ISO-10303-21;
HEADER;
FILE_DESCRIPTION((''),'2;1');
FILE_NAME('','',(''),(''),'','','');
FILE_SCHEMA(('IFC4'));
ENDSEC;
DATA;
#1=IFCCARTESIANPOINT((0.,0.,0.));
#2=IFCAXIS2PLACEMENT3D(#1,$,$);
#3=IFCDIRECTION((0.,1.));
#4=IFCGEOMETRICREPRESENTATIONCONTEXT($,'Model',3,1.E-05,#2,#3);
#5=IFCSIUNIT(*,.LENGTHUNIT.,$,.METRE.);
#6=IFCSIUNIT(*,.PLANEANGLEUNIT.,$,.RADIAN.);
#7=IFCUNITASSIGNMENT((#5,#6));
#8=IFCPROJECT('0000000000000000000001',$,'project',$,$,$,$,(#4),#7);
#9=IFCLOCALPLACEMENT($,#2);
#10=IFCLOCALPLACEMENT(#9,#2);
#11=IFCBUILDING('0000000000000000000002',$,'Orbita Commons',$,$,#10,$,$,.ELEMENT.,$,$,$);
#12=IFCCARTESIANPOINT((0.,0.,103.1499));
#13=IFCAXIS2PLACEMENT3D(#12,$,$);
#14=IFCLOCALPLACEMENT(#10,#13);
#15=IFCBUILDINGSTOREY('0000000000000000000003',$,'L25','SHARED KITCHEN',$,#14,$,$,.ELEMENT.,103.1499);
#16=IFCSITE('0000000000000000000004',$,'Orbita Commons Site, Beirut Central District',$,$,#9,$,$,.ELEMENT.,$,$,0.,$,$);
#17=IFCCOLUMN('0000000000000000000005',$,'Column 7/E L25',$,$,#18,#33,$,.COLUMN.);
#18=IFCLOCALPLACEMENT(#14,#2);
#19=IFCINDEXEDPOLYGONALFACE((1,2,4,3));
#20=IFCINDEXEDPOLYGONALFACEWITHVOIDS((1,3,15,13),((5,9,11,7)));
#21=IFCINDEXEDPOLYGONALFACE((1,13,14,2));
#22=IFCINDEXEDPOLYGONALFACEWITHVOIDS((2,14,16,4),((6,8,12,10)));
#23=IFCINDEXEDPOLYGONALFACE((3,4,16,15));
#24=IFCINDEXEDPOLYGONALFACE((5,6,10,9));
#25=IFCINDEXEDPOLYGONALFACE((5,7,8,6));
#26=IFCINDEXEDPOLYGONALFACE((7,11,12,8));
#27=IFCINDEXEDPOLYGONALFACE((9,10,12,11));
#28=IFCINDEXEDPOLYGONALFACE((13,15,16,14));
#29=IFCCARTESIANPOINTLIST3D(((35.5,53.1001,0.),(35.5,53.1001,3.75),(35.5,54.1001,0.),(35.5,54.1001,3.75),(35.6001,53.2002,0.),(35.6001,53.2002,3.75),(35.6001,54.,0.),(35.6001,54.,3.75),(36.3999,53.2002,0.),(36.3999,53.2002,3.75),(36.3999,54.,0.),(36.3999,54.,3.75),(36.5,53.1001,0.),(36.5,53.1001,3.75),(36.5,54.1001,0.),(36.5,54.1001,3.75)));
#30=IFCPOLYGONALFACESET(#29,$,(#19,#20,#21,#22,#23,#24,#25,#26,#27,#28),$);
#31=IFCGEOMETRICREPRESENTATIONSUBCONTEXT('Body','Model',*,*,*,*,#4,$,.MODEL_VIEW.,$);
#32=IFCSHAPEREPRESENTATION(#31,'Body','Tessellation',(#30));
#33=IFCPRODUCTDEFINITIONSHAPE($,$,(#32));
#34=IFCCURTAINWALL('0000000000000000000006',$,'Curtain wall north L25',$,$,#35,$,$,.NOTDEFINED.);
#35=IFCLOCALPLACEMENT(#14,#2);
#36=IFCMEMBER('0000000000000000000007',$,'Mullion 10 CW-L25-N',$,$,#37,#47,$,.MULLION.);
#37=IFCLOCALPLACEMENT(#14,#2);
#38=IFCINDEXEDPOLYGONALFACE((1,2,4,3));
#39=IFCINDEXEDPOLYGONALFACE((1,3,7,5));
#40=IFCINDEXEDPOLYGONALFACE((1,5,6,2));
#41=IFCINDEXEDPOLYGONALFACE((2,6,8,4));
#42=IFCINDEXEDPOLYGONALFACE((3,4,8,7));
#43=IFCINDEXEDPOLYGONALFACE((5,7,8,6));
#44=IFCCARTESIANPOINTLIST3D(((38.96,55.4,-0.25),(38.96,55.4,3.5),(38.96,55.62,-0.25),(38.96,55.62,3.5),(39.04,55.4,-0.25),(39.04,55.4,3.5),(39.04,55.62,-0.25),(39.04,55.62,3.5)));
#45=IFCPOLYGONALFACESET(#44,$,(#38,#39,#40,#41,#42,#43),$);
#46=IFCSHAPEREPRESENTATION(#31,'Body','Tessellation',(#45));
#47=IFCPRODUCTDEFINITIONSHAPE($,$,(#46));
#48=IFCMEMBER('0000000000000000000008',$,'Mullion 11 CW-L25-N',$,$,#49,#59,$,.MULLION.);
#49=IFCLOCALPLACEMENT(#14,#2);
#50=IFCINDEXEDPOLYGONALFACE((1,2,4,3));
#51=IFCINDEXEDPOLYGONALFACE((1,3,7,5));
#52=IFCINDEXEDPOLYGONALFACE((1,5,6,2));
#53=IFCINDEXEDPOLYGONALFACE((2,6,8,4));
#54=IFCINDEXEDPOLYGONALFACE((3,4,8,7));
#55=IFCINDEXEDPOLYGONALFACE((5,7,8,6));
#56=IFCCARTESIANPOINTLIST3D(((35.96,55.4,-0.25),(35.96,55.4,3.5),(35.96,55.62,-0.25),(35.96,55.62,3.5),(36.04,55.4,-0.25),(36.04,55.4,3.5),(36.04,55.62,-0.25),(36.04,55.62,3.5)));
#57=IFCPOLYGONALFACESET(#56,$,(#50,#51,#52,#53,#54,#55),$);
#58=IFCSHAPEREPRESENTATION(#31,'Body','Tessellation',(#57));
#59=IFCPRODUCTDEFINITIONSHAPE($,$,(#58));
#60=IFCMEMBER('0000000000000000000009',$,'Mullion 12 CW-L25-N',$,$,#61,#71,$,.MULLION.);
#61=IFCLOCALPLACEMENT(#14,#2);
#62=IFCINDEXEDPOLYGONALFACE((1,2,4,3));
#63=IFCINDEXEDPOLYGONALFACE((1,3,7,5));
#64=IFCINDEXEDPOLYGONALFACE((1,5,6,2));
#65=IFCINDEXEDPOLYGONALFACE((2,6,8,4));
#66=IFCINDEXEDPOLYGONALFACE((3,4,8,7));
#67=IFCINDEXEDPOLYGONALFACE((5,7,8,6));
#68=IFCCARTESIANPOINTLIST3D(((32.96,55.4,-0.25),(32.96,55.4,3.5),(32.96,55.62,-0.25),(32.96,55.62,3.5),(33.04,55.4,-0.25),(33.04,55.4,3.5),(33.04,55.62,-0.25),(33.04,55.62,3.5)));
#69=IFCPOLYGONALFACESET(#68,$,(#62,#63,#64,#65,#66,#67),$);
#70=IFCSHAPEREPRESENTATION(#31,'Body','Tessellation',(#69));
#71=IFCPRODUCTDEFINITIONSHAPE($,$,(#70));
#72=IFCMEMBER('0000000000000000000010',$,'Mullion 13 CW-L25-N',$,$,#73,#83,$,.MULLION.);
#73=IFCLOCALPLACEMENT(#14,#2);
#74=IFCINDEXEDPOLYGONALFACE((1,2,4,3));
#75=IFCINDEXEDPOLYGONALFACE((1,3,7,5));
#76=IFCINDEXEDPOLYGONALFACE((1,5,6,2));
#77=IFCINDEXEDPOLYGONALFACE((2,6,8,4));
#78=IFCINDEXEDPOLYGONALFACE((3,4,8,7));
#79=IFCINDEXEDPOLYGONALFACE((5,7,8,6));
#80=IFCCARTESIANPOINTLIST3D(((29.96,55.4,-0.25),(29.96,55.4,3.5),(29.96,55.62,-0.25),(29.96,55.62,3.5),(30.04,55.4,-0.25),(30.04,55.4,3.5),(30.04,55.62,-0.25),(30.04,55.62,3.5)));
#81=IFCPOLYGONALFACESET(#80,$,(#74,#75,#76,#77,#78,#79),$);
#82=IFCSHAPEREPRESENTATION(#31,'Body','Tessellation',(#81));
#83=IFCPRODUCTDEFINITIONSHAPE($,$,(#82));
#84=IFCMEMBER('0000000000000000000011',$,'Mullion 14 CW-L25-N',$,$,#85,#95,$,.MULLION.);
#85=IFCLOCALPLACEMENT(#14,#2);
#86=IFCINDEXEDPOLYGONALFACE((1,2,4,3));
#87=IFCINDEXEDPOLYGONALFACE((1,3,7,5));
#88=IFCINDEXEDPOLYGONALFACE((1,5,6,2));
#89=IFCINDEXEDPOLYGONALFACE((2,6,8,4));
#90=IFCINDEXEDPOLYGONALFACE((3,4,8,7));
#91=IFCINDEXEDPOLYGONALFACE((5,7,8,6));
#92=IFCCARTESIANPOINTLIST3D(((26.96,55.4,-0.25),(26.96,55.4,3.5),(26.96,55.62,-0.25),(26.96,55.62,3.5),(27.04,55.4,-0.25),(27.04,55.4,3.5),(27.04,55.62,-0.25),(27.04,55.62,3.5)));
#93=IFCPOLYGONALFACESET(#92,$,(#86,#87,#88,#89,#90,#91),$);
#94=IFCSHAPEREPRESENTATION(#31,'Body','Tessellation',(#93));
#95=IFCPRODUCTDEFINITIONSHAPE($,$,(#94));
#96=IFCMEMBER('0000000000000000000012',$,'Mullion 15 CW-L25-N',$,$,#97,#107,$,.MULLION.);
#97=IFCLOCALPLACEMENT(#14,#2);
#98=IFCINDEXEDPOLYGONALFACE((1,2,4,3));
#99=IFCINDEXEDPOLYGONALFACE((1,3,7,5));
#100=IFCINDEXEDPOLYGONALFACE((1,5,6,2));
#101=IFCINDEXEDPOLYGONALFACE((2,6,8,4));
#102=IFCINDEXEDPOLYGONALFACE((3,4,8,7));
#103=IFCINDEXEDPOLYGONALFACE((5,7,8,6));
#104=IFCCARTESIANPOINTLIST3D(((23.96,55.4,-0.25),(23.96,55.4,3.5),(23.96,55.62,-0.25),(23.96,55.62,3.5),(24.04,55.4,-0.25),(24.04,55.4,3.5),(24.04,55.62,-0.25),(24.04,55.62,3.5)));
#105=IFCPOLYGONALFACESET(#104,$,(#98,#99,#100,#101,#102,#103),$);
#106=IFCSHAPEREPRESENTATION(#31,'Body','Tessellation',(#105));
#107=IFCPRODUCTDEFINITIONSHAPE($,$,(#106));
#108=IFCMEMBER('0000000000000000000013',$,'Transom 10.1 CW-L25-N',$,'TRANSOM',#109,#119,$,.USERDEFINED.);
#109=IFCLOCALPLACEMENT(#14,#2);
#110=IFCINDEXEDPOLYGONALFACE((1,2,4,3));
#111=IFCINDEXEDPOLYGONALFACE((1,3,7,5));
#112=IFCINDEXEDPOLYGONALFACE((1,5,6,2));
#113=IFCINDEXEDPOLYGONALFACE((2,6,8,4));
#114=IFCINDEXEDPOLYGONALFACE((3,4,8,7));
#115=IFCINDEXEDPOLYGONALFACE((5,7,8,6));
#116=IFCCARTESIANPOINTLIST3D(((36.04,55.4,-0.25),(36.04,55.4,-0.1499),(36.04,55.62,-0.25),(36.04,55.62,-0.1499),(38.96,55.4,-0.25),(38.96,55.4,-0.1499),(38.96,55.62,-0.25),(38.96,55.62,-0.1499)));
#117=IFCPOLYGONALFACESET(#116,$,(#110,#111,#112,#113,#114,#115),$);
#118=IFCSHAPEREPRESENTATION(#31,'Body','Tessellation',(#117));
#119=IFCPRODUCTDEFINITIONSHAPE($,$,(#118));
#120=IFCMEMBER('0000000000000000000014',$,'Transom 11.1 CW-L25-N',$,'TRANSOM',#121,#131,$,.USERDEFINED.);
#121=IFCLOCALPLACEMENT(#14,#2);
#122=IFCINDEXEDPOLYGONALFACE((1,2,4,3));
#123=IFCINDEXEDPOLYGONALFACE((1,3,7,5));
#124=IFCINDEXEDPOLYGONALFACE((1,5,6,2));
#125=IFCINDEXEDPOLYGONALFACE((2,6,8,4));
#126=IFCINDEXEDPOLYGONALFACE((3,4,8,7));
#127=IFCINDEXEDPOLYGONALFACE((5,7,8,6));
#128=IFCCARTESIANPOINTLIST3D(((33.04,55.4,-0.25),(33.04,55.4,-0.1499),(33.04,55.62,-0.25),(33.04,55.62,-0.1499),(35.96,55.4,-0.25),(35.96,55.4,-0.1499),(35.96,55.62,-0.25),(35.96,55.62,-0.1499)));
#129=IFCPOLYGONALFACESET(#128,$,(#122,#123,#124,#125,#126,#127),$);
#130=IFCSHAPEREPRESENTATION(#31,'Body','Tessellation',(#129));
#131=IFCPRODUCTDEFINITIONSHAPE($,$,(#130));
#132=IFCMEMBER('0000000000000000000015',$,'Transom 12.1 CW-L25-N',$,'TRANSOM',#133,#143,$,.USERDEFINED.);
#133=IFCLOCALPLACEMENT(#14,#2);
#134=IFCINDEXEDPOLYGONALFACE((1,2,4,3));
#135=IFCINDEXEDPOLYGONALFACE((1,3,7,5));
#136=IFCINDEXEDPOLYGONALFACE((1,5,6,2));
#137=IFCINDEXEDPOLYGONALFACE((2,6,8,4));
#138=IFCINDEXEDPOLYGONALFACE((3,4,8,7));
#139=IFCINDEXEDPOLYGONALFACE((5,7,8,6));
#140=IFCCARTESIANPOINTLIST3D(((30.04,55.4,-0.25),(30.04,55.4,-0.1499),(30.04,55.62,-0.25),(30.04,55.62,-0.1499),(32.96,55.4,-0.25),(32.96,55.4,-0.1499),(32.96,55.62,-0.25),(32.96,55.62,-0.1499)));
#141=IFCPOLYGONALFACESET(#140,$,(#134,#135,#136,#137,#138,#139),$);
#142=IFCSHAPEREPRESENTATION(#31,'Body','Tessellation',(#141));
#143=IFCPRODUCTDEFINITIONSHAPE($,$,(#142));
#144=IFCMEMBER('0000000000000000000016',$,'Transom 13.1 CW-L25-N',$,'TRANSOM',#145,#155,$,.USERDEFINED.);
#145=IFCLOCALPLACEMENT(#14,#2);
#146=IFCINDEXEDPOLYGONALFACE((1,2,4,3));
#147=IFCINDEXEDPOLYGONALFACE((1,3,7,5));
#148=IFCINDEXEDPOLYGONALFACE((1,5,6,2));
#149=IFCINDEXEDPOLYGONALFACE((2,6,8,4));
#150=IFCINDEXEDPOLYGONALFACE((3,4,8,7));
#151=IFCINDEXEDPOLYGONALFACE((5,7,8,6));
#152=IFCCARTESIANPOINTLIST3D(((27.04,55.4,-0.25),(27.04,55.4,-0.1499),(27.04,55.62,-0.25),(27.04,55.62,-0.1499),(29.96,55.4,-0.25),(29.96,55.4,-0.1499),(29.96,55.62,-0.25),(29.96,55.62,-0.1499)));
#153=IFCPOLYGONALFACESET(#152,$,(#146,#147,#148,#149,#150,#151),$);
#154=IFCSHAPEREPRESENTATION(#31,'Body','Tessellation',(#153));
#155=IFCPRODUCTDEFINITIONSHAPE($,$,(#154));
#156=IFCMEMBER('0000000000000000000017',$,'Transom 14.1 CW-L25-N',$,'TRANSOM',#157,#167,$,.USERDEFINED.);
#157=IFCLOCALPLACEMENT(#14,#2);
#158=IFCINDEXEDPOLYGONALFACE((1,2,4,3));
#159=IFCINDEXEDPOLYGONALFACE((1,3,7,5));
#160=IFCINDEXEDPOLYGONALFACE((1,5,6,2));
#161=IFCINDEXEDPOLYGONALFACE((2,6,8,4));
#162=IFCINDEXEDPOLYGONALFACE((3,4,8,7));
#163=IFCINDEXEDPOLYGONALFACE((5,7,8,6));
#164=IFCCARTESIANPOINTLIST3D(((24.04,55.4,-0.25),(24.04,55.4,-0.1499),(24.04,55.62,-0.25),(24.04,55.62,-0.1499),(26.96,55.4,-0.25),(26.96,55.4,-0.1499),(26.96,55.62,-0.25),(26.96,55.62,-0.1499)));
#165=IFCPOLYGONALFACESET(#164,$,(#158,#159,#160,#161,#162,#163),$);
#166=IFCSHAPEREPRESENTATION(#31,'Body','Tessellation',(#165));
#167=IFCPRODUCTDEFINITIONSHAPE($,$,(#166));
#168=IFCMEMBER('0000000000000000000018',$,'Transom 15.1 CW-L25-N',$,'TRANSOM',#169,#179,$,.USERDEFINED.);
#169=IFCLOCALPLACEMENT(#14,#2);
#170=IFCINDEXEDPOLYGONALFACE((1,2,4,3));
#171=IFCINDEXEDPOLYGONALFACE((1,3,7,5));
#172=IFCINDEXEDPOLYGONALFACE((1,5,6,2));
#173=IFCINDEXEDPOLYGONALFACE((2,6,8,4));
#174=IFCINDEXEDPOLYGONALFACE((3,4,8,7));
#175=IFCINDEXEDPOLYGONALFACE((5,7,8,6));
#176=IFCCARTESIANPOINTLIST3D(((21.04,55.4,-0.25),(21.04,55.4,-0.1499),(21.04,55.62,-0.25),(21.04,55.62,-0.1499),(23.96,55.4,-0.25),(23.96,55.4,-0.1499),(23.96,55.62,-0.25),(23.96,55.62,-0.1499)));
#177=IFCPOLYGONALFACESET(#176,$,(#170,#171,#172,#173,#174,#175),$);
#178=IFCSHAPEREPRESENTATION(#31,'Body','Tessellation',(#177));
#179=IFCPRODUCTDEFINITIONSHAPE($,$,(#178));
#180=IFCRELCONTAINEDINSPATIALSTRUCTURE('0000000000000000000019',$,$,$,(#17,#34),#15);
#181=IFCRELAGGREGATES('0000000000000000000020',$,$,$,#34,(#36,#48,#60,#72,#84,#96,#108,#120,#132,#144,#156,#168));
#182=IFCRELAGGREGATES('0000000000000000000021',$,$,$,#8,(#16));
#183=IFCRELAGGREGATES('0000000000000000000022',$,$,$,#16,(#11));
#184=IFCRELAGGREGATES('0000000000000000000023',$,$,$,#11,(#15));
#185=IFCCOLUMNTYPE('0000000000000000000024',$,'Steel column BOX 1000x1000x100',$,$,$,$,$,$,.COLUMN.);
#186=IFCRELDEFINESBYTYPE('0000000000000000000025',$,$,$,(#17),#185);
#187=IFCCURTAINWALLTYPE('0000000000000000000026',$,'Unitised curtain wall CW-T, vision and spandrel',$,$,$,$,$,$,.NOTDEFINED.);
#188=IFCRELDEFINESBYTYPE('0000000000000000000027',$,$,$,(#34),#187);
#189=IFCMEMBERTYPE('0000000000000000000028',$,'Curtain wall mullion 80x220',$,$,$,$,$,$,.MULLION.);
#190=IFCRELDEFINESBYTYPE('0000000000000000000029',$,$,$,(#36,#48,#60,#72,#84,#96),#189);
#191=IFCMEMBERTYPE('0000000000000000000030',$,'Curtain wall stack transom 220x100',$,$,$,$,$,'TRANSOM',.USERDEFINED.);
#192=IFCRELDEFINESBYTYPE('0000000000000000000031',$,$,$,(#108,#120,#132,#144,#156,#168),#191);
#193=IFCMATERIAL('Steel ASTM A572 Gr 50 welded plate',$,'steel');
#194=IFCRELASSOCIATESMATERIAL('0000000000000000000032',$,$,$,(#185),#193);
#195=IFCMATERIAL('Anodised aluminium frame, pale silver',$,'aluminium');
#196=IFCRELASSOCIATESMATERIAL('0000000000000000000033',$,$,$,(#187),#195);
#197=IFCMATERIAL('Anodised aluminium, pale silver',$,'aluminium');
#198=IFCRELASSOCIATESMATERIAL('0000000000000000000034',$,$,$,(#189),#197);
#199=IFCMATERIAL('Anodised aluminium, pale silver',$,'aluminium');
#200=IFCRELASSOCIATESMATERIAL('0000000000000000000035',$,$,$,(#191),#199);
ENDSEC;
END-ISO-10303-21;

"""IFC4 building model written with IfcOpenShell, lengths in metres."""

from ifc_helpers import new_model, si_unit, direction, frame, origin, origin_2d, place, context, subcontext, project, spatial, rectangle, hollow_rectangle, extrude, material, material_profile, profile_set, type_object, element, aggregate, save


model = new_model("IFC4")

# Units and contexts
model_context = context("Model", 3, precision=1e-05, world=origin(), true_north=direction((0.0, 1.0)))
body_context = subcontext(model_context, "Body", "Model", "MODEL_VIEW")
ifc_project = project(units=[si_unit("LENGTHUNIT", "METRE"), si_unit("PLANEANGLEUNIT", "RADIAN")], contexts=[model_context])

# Site, building, storey
site_placement = place(None, origin())
site = spatial("IfcSite", under=ifc_project, at=site_placement, Name="Orbita Commons Site, Beirut Central District", CompositionType="ELEMENT", RefElevation=0.0)
building_placement = place(site_placement, origin())
building = spatial("IfcBuilding", under=site, at=building_placement, Name="Orbita Commons", CompositionType="ELEMENT")
storey_placement = place(building_placement, frame((0.0, 0.0, 103.1499)))
storey = spatial("IfcBuildingStorey", under=building, at=storey_placement, Name="L25", Description="SHARED KITCHEN", CompositionType="ELEMENT", Elevation=103.1499)

# Column
ifc_material_1 = material(Name="Steel ASTM A572 Gr 50 welded plate", Category="steel")
ifc_material_profile_1 = material_profile(ifc_material_1, hollow_rectangle(XDim=1.0, YDim=1.0, WallThickness=0.1001, at=origin_2d()), Name="BOX 1000x1000x100")
ifc_profile_set_1 = profile_set([ifc_material_profile_1], Name="Steel ASTM A572 Gr 50 welded plate")
column_type = type_object("IfcColumnType", Name="Steel column BOX 1000x1000x100", PredefinedType="COLUMN", material=ifc_profile_set_1)
column_placement = place(storey_placement, frame((36.0, 53.6001, 0.0), z_axis=(0.0, 0.0, 1.0), x_axis=(1.0, 0.0, 0.0)))
element("IfcColumn", 1, at=column_placement, inside=storey, type_object=column_type, Name="Column 7/E L25", PredefinedType="COLUMN", context=body_context, shape_type="SweptSolid", body=[
    extrude(hollow_rectangle(XDim=1.0, YDim=1.0, WallThickness=0.1001, at=origin_2d()), origin(), (0.0, 0.0, 1.0), 3.75),
])

# Curtain wall, members
ifc_material_2 = material(Name="Anodised aluminium frame, pale silver", Category="aluminium")
curtain_wall_type = type_object("IfcCurtainWallType", Name="Unitised curtain wall CW-T, vision and spandrel", PredefinedType="NOTDEFINED", material=ifc_material_2)
curtain_wall_placement = place(storey_placement, origin())
curtain_wall = element("IfcCurtainWall", 2, at=curtain_wall_placement, inside=storey, type_object=curtain_wall_type, Name="Curtain wall north L25", PredefinedType="NOTDEFINED")
ifc_material_3 = material(Name="Anodised aluminium, pale silver", Category="aluminium")
ifc_material_profile_2 = material_profile(ifc_material_3, rectangle(XDim=0.0801, YDim=0.22, at=origin_2d()), Name="AL 80x220")
ifc_profile_set_2 = profile_set([ifc_material_profile_2], Name="Anodised aluminium, pale silver")
member_type_1 = type_object("IfcMemberType", Name="Curtain wall mullion 80x220", PredefinedType="MULLION", material=ifc_profile_set_2)
member_1_placement = place(storey_placement, frame((39.0, 55.51, -0.25), z_axis=(0.0, 0.0, 1.0), x_axis=(-1.0, 0.0, 0.0)))
member_1 = element("IfcMember", 3, at=member_1_placement, type_object=member_type_1, Name="Mullion 10 CW-L25-N", PredefinedType="MULLION", context=body_context, shape_type="SweptSolid", body=[
    extrude(rectangle(XDim=0.0801, YDim=0.22, at=origin_2d()), origin(), (0.0, 0.0, 1.0), 3.75),
])
member_2_placement = place(storey_placement, frame((36.0, 55.51, -0.25), z_axis=(0.0, 0.0, 1.0), x_axis=(-1.0, 0.0, 0.0)))
member_2 = element("IfcMember", 4, at=member_2_placement, type_object=member_type_1, Name="Mullion 11 CW-L25-N", PredefinedType="MULLION", context=body_context, shape_type="SweptSolid", body=[
    extrude(rectangle(XDim=0.0801, YDim=0.22, at=origin_2d()), origin(), (0.0, 0.0, 1.0), 3.75),
])
member_3_placement = place(storey_placement, frame((33.0, 55.51, -0.25), z_axis=(0.0, 0.0, 1.0), x_axis=(-1.0, 0.0, 0.0)))
member_3 = element("IfcMember", 5, at=member_3_placement, type_object=member_type_1, Name="Mullion 12 CW-L25-N", PredefinedType="MULLION", context=body_context, shape_type="SweptSolid", body=[
    extrude(rectangle(XDim=0.0801, YDim=0.22, at=origin_2d()), origin(), (0.0, 0.0, 1.0), 3.75),
])
member_4_placement = place(storey_placement, frame((30.0, 55.51, -0.25), z_axis=(0.0, 0.0, 1.0), x_axis=(-1.0, 0.0, 0.0)))
member_4 = element("IfcMember", 6, at=member_4_placement, type_object=member_type_1, Name="Mullion 13 CW-L25-N", PredefinedType="MULLION", context=body_context, shape_type="SweptSolid", body=[
    extrude(rectangle(XDim=0.0801, YDim=0.22, at=origin_2d()), origin(), (0.0, 0.0, 1.0), 3.75),
])
member_5_placement = place(storey_placement, frame((27.0, 55.51, -0.25), z_axis=(0.0, 0.0, 1.0), x_axis=(-1.0, 0.0, 0.0)))
member_5 = element("IfcMember", 7, at=member_5_placement, type_object=member_type_1, Name="Mullion 14 CW-L25-N", PredefinedType="MULLION", context=body_context, shape_type="SweptSolid", body=[
    extrude(rectangle(XDim=0.0801, YDim=0.22, at=origin_2d()), origin(), (0.0, 0.0, 1.0), 3.75),
])
member_6_placement = place(storey_placement, frame((24.0, 55.51, -0.25), z_axis=(0.0, 0.0, 1.0), x_axis=(-1.0, 0.0, 0.0)))
member_6 = element("IfcMember", 8, at=member_6_placement, type_object=member_type_1, Name="Mullion 15 CW-L25-N", PredefinedType="MULLION", context=body_context, shape_type="SweptSolid", body=[
    extrude(rectangle(XDim=0.0801, YDim=0.22, at=origin_2d()), origin(), (0.0, 0.0, 1.0), 3.75),
])
ifc_material_4 = material(Name="Anodised aluminium, pale silver", Category="aluminium")
ifc_material_profile_3 = material_profile(ifc_material_4, rectangle(XDim=0.22, YDim=0.1001, at=origin_2d()), Name="AL 220x100")
ifc_profile_set_3 = profile_set([ifc_material_profile_3], Name="Anodised aluminium, pale silver")
member_type_2 = type_object("IfcMemberType", Name="Curtain wall stack transom 220x100", ElementType="TRANSOM", PredefinedType="USERDEFINED", material=ifc_profile_set_3)
member_7_placement = place(storey_placement, frame((38.96, 55.51, -0.2), z_axis=(-1.0, 0.0, 0.0), x_axis=(0.0, -1.0, 0.0)))
member_7 = element("IfcMember", 9, at=member_7_placement, type_object=member_type_2, Name="Transom 10.1 CW-L25-N", ObjectType="TRANSOM", PredefinedType="USERDEFINED", context=body_context, shape_type="SweptSolid", body=[
    extrude(rectangle(XDim=0.22, YDim=0.1001, at=origin_2d()), origin(), (0.0, 0.0, 1.0), 2.9199),
])
member_8_placement = place(storey_placement, frame((35.96, 55.51, -0.2), z_axis=(-1.0, 0.0, 0.0), x_axis=(0.0, -1.0, 0.0)))
member_8 = element("IfcMember", 10, at=member_8_placement, type_object=member_type_2, Name="Transom 11.1 CW-L25-N", ObjectType="TRANSOM", PredefinedType="USERDEFINED", context=body_context, shape_type="SweptSolid", body=[
    extrude(rectangle(XDim=0.22, YDim=0.1001, at=origin_2d()), origin(), (0.0, 0.0, 1.0), 2.9199),
])
member_9_placement = place(storey_placement, frame((32.96, 55.51, -0.2), z_axis=(-1.0, 0.0, 0.0), x_axis=(0.0, -1.0, 0.0)))
member_9 = element("IfcMember", 11, at=member_9_placement, type_object=member_type_2, Name="Transom 12.1 CW-L25-N", ObjectType="TRANSOM", PredefinedType="USERDEFINED", context=body_context, shape_type="SweptSolid", body=[
    extrude(rectangle(XDim=0.22, YDim=0.1001, at=origin_2d()), origin(), (0.0, 0.0, 1.0), 2.9199),
])
member_10_placement = place(storey_placement, frame((29.96, 55.51, -0.2), z_axis=(-1.0, 0.0, 0.0), x_axis=(0.0, -1.0, 0.0)))
member_10 = element("IfcMember", 12, at=member_10_placement, type_object=member_type_2, Name="Transom 13.1 CW-L25-N", ObjectType="TRANSOM", PredefinedType="USERDEFINED", context=body_context, shape_type="SweptSolid", body=[
    extrude(rectangle(XDim=0.22, YDim=0.1001, at=origin_2d()), origin(), (0.0, 0.0, 1.0), 2.9199),
])
member_11_placement = place(storey_placement, frame((26.96, 55.51, -0.2), z_axis=(-1.0, 0.0, 0.0), x_axis=(0.0, -1.0, 0.0)))
member_11 = element("IfcMember", 13, at=member_11_placement, type_object=member_type_2, Name="Transom 14.1 CW-L25-N", ObjectType="TRANSOM", PredefinedType="USERDEFINED", context=body_context, shape_type="SweptSolid", body=[
    extrude(rectangle(XDim=0.22, YDim=0.1001, at=origin_2d()), origin(), (0.0, 0.0, 1.0), 2.9199),
])
member_12_placement = place(storey_placement, frame((23.96, 55.51, -0.2), z_axis=(-1.0, 0.0, 0.0), x_axis=(0.0, -1.0, 0.0)))
member_12 = element("IfcMember", 14, at=member_12_placement, type_object=member_type_2, Name="Transom 15.1 CW-L25-N", ObjectType="TRANSOM", PredefinedType="USERDEFINED", context=body_context, shape_type="SweptSolid", body=[
    extrude(rectangle(XDim=0.22, YDim=0.1001, at=origin_2d()), origin(), (0.0, 0.0, 1.0), 2.9199),
])

aggregate(curtain_wall, [member_1, member_2, member_3, member_4, member_5, member_6, member_7, member_8, member_9, member_10, member_11, member_12])

save(model, "model.ifc")
